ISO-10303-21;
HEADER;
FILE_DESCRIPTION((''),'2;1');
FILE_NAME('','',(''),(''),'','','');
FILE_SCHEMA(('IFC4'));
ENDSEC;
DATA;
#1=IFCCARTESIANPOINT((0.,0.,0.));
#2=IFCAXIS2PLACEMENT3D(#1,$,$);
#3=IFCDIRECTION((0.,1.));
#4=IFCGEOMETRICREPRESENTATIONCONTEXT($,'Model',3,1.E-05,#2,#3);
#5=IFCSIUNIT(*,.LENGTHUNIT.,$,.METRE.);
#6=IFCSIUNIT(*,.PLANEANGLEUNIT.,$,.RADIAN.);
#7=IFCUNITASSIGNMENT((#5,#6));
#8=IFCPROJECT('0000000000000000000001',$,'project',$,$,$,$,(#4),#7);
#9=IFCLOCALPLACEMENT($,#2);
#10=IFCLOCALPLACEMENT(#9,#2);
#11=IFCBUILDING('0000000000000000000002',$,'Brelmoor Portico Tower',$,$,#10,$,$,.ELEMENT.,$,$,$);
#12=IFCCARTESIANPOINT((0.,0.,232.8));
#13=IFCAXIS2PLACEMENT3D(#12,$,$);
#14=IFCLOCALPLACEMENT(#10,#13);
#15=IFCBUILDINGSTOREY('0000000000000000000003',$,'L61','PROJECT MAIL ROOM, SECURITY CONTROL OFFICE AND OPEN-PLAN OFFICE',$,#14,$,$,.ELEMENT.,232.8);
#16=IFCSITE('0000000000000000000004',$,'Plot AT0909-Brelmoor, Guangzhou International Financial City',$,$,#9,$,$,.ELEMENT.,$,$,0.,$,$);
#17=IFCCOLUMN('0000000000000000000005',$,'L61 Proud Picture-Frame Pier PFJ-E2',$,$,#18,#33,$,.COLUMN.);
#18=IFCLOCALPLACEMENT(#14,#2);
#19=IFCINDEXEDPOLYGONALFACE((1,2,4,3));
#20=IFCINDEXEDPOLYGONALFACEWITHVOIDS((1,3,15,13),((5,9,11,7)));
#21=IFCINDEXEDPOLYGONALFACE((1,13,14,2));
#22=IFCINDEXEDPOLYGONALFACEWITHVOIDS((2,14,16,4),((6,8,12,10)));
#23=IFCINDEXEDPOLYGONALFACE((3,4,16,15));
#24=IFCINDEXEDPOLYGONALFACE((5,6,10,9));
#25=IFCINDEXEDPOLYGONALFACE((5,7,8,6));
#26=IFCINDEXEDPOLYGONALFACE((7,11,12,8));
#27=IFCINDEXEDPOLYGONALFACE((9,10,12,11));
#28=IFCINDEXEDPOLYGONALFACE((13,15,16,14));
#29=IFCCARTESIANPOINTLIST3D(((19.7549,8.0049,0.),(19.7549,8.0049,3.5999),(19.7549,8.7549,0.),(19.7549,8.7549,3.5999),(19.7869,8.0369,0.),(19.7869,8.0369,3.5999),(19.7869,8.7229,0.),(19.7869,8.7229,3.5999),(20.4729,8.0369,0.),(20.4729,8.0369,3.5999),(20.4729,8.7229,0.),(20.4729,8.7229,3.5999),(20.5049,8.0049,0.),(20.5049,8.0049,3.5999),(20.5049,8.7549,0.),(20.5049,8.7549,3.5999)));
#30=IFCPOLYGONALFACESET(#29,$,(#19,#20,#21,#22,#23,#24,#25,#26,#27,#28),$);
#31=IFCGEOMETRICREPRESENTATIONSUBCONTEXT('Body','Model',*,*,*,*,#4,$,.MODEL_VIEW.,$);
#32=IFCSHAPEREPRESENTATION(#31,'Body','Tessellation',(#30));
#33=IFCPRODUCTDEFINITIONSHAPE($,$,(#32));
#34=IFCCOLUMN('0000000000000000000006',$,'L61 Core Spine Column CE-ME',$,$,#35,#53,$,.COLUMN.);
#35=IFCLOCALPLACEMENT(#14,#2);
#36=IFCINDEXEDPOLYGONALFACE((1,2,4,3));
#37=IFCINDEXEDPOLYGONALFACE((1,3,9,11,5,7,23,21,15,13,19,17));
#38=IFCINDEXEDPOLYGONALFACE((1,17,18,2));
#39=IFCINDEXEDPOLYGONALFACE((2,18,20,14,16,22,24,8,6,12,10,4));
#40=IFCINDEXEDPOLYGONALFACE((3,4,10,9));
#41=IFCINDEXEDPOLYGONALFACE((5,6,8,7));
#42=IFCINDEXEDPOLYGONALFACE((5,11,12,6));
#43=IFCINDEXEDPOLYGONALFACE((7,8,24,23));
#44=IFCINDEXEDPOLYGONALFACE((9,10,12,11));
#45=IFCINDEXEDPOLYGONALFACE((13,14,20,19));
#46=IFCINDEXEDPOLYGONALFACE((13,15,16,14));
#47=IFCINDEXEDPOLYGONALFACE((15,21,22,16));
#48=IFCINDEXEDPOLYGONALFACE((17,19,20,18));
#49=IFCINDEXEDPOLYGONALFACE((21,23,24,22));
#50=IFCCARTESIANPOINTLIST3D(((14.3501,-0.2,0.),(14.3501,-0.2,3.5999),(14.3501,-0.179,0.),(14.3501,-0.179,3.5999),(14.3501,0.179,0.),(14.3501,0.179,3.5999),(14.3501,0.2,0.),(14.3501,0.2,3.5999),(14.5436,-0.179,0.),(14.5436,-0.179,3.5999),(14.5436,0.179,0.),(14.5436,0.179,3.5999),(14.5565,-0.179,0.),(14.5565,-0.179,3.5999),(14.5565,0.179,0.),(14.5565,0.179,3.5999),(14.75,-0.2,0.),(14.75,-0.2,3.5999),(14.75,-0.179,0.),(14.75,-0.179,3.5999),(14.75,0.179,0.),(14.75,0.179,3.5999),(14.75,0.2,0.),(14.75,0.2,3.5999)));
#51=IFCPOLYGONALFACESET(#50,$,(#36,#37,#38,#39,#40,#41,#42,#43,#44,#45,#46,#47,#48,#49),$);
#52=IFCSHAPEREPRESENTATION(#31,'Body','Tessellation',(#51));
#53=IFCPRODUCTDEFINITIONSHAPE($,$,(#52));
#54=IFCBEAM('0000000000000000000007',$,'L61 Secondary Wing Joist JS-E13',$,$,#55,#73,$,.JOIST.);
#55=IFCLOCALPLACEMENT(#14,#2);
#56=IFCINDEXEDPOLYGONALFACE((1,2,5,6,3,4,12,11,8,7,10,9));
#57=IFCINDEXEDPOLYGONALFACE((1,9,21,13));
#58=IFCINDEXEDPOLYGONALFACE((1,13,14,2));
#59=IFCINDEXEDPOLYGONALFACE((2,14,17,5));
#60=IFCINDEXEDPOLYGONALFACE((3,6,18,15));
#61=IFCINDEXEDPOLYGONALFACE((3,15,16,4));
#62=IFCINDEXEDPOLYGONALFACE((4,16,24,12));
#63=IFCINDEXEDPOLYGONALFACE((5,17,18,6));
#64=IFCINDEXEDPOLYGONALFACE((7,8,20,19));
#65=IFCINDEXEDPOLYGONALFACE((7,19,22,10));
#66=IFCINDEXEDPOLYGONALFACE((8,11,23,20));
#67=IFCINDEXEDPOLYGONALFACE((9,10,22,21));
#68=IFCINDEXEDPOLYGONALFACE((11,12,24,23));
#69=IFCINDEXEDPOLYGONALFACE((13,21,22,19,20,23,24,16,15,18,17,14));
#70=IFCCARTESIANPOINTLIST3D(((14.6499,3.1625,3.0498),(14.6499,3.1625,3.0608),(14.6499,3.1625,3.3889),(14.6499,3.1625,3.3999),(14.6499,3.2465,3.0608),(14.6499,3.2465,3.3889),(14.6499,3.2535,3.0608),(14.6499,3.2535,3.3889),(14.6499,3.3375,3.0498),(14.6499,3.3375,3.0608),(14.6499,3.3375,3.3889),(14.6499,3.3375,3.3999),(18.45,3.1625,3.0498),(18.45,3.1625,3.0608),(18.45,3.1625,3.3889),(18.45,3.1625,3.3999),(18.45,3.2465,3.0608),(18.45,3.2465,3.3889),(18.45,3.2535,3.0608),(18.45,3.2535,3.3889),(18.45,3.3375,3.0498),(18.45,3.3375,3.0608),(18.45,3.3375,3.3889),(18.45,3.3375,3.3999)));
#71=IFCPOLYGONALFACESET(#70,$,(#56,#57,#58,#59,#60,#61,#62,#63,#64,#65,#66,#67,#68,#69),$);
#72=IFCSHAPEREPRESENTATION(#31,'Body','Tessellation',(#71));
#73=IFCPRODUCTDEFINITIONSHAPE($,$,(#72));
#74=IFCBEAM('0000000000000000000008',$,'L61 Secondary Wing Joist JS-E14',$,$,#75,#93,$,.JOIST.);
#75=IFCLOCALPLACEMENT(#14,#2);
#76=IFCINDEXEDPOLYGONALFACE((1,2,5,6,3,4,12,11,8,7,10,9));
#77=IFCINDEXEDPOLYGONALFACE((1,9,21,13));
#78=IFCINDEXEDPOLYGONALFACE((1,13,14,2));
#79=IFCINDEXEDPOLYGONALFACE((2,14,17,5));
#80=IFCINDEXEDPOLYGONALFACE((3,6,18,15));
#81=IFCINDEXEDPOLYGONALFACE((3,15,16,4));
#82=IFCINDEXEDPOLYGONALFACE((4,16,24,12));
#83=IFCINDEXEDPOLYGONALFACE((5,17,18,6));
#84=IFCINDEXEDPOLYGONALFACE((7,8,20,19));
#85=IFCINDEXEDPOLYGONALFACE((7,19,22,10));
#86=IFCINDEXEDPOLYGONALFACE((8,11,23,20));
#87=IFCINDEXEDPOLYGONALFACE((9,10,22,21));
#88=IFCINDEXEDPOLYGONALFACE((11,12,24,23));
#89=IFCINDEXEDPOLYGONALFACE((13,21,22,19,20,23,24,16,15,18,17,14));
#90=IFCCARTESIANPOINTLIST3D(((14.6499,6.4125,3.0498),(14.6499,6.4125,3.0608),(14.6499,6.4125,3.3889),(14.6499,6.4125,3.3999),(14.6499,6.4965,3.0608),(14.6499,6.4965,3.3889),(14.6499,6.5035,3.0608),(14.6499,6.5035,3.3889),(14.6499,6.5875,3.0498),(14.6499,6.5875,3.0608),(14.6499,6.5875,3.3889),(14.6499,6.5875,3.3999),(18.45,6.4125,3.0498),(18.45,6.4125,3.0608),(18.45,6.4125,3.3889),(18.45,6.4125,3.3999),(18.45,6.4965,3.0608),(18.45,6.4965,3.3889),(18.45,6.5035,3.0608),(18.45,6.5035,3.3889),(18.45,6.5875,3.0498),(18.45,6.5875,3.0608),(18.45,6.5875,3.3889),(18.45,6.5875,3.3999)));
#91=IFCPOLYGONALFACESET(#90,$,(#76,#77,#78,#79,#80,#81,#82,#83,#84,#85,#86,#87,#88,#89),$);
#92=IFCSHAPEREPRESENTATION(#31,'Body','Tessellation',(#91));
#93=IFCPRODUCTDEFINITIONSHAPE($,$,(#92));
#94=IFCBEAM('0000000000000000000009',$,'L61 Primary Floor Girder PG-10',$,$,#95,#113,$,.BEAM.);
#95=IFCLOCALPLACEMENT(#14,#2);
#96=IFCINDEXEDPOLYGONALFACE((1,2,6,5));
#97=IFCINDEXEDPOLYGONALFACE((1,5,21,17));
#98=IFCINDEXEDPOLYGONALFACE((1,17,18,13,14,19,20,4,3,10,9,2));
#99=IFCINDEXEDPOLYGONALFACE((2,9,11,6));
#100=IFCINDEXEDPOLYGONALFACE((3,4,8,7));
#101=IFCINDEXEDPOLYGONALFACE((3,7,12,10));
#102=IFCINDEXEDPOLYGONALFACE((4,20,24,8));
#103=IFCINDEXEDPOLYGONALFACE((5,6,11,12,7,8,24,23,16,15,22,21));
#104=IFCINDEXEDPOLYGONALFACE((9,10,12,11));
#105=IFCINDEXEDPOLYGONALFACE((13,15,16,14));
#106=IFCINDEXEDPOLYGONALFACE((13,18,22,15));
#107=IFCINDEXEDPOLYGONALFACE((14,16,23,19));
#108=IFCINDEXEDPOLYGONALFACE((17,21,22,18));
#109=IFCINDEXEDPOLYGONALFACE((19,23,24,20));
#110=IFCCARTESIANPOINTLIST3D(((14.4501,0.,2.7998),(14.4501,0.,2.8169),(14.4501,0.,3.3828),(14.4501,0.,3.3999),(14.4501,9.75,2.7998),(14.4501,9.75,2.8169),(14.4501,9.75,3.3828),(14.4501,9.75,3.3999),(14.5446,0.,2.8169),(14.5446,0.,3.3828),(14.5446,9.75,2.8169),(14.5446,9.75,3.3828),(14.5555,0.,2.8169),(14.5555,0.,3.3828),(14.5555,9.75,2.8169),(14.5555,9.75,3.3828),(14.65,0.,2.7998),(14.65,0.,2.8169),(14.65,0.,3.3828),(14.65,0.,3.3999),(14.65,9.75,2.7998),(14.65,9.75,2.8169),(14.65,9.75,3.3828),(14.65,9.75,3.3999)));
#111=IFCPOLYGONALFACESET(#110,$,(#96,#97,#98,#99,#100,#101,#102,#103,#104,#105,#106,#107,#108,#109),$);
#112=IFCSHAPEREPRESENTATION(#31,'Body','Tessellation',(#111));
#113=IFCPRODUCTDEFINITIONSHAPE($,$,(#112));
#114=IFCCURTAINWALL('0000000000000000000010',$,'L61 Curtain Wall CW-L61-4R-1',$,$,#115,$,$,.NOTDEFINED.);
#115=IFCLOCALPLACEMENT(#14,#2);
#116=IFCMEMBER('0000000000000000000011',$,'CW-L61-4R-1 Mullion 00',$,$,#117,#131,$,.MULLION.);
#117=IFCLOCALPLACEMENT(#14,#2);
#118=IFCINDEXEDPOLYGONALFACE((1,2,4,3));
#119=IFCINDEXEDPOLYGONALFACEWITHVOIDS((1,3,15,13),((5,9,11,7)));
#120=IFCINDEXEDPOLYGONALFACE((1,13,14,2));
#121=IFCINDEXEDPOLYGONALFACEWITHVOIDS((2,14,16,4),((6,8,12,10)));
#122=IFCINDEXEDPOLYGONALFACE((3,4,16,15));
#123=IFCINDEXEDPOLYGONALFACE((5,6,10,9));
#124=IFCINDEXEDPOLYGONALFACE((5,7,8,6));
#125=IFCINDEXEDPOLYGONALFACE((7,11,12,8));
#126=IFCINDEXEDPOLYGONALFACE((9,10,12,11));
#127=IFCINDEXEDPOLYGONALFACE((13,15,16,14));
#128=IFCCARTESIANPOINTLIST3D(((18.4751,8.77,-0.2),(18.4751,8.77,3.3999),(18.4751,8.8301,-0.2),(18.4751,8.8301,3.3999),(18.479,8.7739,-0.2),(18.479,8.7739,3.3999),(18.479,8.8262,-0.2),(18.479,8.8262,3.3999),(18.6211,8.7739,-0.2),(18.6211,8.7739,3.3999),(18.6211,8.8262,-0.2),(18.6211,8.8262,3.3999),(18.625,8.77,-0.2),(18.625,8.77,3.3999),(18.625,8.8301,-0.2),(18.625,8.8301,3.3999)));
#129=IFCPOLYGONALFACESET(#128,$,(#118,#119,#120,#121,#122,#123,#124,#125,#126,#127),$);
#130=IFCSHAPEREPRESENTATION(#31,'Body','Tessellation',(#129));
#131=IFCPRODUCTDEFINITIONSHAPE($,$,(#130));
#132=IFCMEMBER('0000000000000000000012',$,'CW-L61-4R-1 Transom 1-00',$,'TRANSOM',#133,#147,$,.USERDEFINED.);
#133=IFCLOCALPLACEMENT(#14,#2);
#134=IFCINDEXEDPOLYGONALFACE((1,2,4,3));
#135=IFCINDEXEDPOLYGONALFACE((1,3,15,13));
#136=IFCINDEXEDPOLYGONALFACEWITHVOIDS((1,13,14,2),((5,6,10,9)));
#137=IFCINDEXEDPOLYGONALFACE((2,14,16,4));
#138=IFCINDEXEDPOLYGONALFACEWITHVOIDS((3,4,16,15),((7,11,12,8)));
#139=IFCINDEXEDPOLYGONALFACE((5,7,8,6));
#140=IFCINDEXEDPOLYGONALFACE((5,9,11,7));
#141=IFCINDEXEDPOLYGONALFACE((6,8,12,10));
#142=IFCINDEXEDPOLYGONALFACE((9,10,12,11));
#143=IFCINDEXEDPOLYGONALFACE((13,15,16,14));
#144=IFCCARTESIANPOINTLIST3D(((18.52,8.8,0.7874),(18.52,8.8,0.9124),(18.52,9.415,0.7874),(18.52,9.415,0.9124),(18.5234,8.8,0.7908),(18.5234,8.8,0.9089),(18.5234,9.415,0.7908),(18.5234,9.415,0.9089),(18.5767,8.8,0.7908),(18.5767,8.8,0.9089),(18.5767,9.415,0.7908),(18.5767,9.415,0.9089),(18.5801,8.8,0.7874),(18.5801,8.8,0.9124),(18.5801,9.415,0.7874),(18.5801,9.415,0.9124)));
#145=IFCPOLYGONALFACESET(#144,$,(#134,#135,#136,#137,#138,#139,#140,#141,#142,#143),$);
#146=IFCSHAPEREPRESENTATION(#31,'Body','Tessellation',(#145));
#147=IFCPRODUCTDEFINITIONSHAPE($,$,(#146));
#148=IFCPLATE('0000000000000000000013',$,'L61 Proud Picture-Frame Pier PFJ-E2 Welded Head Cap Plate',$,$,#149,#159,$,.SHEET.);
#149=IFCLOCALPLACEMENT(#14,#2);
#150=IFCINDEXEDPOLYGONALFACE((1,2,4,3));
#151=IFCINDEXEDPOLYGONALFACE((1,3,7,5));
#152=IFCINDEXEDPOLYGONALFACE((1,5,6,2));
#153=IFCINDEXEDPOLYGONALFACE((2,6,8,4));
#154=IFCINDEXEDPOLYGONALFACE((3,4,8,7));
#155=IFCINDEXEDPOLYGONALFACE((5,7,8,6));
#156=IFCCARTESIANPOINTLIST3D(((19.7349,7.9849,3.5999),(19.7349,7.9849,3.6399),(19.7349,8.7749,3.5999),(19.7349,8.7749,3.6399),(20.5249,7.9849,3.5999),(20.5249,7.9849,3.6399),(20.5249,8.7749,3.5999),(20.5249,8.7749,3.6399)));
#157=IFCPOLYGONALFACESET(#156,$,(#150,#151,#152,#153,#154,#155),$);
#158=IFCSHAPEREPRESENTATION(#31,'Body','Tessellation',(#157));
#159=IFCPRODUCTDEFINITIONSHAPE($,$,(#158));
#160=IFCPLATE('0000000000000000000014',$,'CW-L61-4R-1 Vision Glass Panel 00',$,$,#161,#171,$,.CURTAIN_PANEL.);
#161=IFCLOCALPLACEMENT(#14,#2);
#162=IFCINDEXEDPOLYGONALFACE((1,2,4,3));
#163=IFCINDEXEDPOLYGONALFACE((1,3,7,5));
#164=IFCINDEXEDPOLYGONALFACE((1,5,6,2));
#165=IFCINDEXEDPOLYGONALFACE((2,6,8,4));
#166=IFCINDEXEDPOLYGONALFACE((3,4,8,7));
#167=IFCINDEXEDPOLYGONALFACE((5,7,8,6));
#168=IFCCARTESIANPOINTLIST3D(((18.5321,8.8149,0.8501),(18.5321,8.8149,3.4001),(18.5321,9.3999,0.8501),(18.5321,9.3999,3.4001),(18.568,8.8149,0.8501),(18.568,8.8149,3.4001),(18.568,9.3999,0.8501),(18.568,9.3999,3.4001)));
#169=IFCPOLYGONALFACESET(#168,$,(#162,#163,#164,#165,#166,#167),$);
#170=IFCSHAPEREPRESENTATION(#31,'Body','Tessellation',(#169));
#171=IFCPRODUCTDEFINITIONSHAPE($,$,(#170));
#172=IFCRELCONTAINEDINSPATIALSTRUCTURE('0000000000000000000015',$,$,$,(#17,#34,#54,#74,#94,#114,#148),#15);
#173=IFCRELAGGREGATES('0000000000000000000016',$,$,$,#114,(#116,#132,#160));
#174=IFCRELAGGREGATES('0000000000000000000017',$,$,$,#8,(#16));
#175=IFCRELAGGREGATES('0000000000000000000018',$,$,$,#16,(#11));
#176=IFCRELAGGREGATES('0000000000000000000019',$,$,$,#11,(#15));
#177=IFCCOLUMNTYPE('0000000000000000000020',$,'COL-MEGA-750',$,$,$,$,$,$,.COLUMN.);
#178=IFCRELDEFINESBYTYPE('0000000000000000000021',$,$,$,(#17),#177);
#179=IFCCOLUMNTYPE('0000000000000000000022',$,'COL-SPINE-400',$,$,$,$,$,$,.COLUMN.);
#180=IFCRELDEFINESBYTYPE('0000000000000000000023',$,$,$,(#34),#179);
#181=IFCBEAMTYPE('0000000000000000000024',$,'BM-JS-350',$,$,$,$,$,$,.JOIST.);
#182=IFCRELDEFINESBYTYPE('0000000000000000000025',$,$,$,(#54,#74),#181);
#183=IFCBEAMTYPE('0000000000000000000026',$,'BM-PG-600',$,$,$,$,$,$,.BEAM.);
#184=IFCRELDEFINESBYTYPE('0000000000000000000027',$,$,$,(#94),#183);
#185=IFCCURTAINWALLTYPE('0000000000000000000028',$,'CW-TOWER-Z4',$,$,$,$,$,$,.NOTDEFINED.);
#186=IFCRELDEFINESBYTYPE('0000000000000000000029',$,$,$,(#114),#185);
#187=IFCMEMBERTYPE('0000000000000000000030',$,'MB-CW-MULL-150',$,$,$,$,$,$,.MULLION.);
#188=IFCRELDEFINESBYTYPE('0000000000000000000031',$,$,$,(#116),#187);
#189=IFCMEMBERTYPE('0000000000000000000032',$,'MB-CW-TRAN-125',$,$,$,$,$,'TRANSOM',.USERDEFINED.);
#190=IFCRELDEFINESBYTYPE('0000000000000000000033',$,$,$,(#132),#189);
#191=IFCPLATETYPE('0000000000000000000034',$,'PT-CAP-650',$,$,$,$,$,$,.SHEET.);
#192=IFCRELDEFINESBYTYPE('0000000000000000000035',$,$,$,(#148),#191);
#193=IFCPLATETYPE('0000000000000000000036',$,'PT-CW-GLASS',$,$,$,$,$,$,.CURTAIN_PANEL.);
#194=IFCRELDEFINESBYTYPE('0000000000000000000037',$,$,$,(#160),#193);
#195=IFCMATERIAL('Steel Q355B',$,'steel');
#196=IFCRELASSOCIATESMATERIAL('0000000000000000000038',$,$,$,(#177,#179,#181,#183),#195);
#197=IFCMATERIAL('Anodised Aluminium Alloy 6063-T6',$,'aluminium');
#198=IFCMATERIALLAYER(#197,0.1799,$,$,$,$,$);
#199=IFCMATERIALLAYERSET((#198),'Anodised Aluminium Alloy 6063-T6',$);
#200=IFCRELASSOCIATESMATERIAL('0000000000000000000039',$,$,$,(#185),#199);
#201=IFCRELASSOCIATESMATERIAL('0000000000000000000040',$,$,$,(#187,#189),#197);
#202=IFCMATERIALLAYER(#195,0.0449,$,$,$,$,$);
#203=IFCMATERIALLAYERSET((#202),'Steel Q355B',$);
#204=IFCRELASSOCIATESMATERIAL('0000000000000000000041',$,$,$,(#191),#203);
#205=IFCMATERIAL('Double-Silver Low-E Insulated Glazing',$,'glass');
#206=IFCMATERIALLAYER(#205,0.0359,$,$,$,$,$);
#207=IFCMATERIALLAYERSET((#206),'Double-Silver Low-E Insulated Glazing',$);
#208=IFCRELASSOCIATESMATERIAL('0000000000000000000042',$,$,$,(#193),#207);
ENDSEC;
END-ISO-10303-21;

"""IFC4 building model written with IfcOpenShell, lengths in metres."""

from ifc_helpers import new_model, si_unit, direction, frame, origin, origin_2d, place, context, subcontext, project, spatial, rectangle, hollow_rectangle, i_section, extrude, material, layer, layer_set, material_profile, profile_set, type_object, element, aggregate, save


model = new_model("IFC4")

# Units and contexts
model_context = context("Model", 3, precision=1e-05, world=origin(), true_north=direction((0.0, 1.0)))
body_context = subcontext(model_context, "Body", "Model", "MODEL_VIEW")
ifc_project = project(units=[si_unit("LENGTHUNIT", "METRE"), si_unit("PLANEANGLEUNIT", "RADIAN")], contexts=[model_context])

# Site, building, storey
site_placement = place(None, origin())
site = spatial("IfcSite", under=ifc_project, at=site_placement, Name="Plot AT0909-Brelmoor, Guangzhou International Financial City", CompositionType="ELEMENT", RefElevation=0.0)
building_placement = place(site_placement, origin())
building = spatial("IfcBuilding", under=site, at=building_placement, Name="Brelmoor Portico Tower", CompositionType="ELEMENT")
storey_placement = place(building_placement, frame((0.0, 0.0, 232.8)))
storey = spatial("IfcBuildingStorey", under=building, at=storey_placement, Name="L61", Description="PROJECT MAIL ROOM, SECURITY CONTROL OFFICE AND OPEN-PLAN OFFICE", CompositionType="ELEMENT", Elevation=232.8)

# Columns
ifc_material_1 = material(Name="Steel Q355B", Category="steel")
ifc_material_profile_1 = material_profile(ifc_material_1, hollow_rectangle(XDim=0.75, YDim=0.75, WallThickness=0.032, at=origin_2d()), Name="BOX 750x750x32")
ifc_profile_set_1 = profile_set([ifc_material_profile_1], Name="Steel Q355B")
column_type_1 = type_object("IfcColumnType", Name="COL-MEGA-750", PredefinedType="COLUMN", material=ifc_profile_set_1)
column_1_placement = place(storey_placement, frame((20.1299, 8.3799, 0.0), z_axis=(0.0, 0.0, 1.0), x_axis=(0.0, 1.0, 0.0)))
element("IfcColumn", 1, at=column_1_placement, inside=storey, type_object=column_type_1, Name="L61 Proud Picture-Frame Pier PFJ-E2", PredefinedType="COLUMN", context=body_context, shape_type="SweptSolid", body=[
    extrude(hollow_rectangle(XDim=0.75, YDim=0.75, WallThickness=0.032, at=origin_2d()), origin(), (0.0, 0.0, 1.0), 3.5999),
])
ifc_material_profile_2 = material_profile(ifc_material_1, i_section(OverallWidth=0.3999, OverallDepth=0.3999, WebThickness=0.0129, FlangeThickness=0.021, at=origin_2d()), Name="HW 400x400x13x21")
ifc_profile_set_2 = profile_set([ifc_material_profile_2], Name="Steel Q355B")
column_type_2 = type_object("IfcColumnType", Name="COL-SPINE-400", PredefinedType="COLUMN", material=ifc_profile_set_2)
column_2_placement = place(storey_placement, frame((14.55, 0.0, 0.0), z_axis=(0.0, 0.0, 1.0), x_axis=(1.0, 0.0, 0.0)))
element("IfcColumn", 2, at=column_2_placement, inside=storey, type_object=column_type_2, Name="L61 Core Spine Column CE-ME", PredefinedType="COLUMN", context=body_context, shape_type="SweptSolid", body=[
    extrude(i_section(OverallWidth=0.3999, OverallDepth=0.3999, WebThickness=0.0129, FlangeThickness=0.021, at=origin_2d()), origin(), (0.0, 0.0, 1.0), 3.5999),
])

# Beams
ifc_material_profile_3 = material_profile(ifc_material_1, i_section(OverallWidth=0.175, OverallDepth=0.3501, WebThickness=0.0071, FlangeThickness=0.011, at=origin_2d()), Name="HN 350x175x7x11")
ifc_profile_set_3 = profile_set([ifc_material_profile_3], Name="Steel Q355B")
beam_type_1 = type_object("IfcBeamType", Name="BM-JS-350", PredefinedType="JOIST", material=ifc_profile_set_3)
for number, where, z_axis, x_axis, name in (
    (3, (14.6499, 3.25, 3.2249), (1.0, 0.0, 0.0), (0.0, 1.0, 0.0), "L61 Secondary Wing Joist JS-E13"),
    (4, (14.6499, 6.5, 3.2249), (1.0, 0.0, 0.0), (0.0, 1.0, 0.0), "L61 Secondary Wing Joist JS-E14"),
):
    element("IfcBeam", number, at=place(storey_placement, frame(where, z_axis=z_axis, x_axis=x_axis)), inside=storey, type_object=beam_type_1, Name=name, PredefinedType="JOIST", context=body_context, shape_type="SweptSolid", body=[
        extrude(i_section(OverallWidth=0.175, OverallDepth=0.3501, WebThickness=0.0071, FlangeThickness=0.011, at=origin_2d()), origin(), (0.0, 0.0, 1.0), 3.8),
    ])
ifc_material_profile_4 = material_profile(ifc_material_1, i_section(OverallWidth=0.2, OverallDepth=0.6001, WebThickness=0.011, FlangeThickness=0.0171, at=origin_2d()), Name="HN 600x200x11x17")
ifc_profile_set_4 = profile_set([ifc_material_profile_4], Name="Steel Q355B")
beam_type_2 = type_object("IfcBeamType", Name="BM-PG-600", PredefinedType="BEAM", material=ifc_profile_set_4)
beam_placement = place(storey_placement, frame((14.55, 0.0, 3.0999), z_axis=(0.0, 1.0, 0.0), x_axis=(-1.0, 0.0, 0.0)))
element("IfcBeam", 5, at=beam_placement, inside=storey, type_object=beam_type_2, Name="L61 Primary Floor Girder PG-10", PredefinedType="BEAM", context=body_context, shape_type="SweptSolid", body=[
    extrude(i_section(OverallWidth=0.2, OverallDepth=0.6001, WebThickness=0.011, FlangeThickness=0.0171, at=origin_2d()), origin(), (0.0, 0.0, 1.0), 9.75),
])

# Curtain wall, members
ifc_material_2 = material(Name="Anodised Aluminium Alloy 6063-T6", Category="aluminium")
ifc_layer_1 = layer(ifc_material_2, 0.1799)
ifc_layer_set_1 = layer_set([ifc_layer_1], Name="Anodised Aluminium Alloy 6063-T6")
curtain_wall_type = type_object("IfcCurtainWallType", Name="CW-TOWER-Z4", PredefinedType="NOTDEFINED", material=ifc_layer_set_1)
curtain_wall_placement = place(storey_placement, origin())
curtain_wall = element("IfcCurtainWall", 6, at=curtain_wall_placement, inside=storey, type_object=curtain_wall_type, Name="L61 Curtain Wall CW-L61-4R-1", PredefinedType="NOTDEFINED")
ifc_material_profile_5 = material_profile(ifc_material_2, hollow_rectangle(XDim=0.0601, YDim=0.1499, WallThickness=0.0039, at=origin_2d()), Name="ALU MULLION 60x150")
ifc_profile_set_5 = profile_set([ifc_material_profile_5], Name="Anodised Aluminium Alloy 6063-T6")
member_type_1 = type_object("IfcMemberType", Name="MB-CW-MULL-150", PredefinedType="MULLION", material=ifc_profile_set_5)
member_1_placement = place(storey_placement, frame((18.55, 8.8, -0.2), z_axis=(0.0, 0.0, 1.0), x_axis=(0.0, 1.0, 0.0)))
member_1 = element("IfcMember", 7, at=member_1_placement, type_object=member_type_1, Name="CW-L61-4R-1 Mullion 00", PredefinedType="MULLION", context=body_context, shape_type="SweptSolid", body=[
    extrude(hollow_rectangle(XDim=0.0601, YDim=0.1499, WallThickness=0.0039, at=origin_2d()), origin(), (0.0, 0.0, 1.0), 3.5999),
])
ifc_material_profile_6 = material_profile(ifc_material_2, hollow_rectangle(XDim=0.0601, YDim=0.125, WallThickness=0.0034, at=origin_2d()), Name="ALU TRANSOM 60x125")
ifc_profile_set_6 = profile_set([ifc_material_profile_6], Name="Anodised Aluminium Alloy 6063-T6")
member_type_2 = type_object("IfcMemberType", Name="MB-CW-TRAN-125", ElementType="TRANSOM", PredefinedType="USERDEFINED", material=ifc_profile_set_6)
member_2_placement = place(storey_placement, frame((18.55, 8.8, 0.8499), z_axis=(0.0, 1.0, 0.0), x_axis=(-1.0, 0.0, 0.0)))
member_2 = element("IfcMember", 8, at=member_2_placement, type_object=member_type_2, Name="CW-L61-4R-1 Transom 1-00", ObjectType="TRANSOM", PredefinedType="USERDEFINED", context=body_context, shape_type="SweptSolid", body=[
    extrude(hollow_rectangle(XDim=0.0601, YDim=0.125, WallThickness=0.0034, at=origin_2d()), origin(), (0.0, 0.0, 1.0), 0.615),
])

# Plates
ifc_layer_2 = layer(ifc_material_1, 0.0449)
ifc_layer_set_2 = layer_set([ifc_layer_2], Name="Steel Q355B")
plate_type_1 = type_object("IfcPlateType", Name="PT-CAP-650", PredefinedType="SHEET", material=ifc_layer_set_2)
plate_1_placement = place(storey_placement, frame((20.1299, 8.3799, 3.5999), z_axis=(0.0, 0.0, 1.0), x_axis=(0.0, 1.0, 0.0)))
element("IfcPlate", 9, at=plate_1_placement, inside=storey, type_object=plate_type_1, Name="L61 Proud Picture-Frame Pier PFJ-E2 Welded Head Cap Plate", PredefinedType="SHEET", context=body_context, shape_type="SweptSolid", body=[
    extrude(rectangle(XDim=0.79, YDim=0.79, at=origin_2d()), origin(), (0.0, 0.0, 1.0), 0.04),
])
ifc_material_3 = material(Name="Double-Silver Low-E Insulated Glazing", Category="glass")
ifc_layer_3 = layer(ifc_material_3, 0.0359)
ifc_layer_set_3 = layer_set([ifc_layer_3], Name="Double-Silver Low-E Insulated Glazing")
plate_type_2 = type_object("IfcPlateType", Name="PT-CW-GLASS", PredefinedType="CURTAIN_PANEL", material=ifc_layer_set_3)
plate_2_placement = place(storey_placement, frame((18.55, 9.1074, 0.8501), z_axis=(0.0, 0.0, 1.0), x_axis=(0.0, 1.0, 0.0)))
plate_2 = element("IfcPlate", 10, at=plate_2_placement, type_object=plate_type_2, Name="CW-L61-4R-1 Vision Glass Panel 00", PredefinedType="CURTAIN_PANEL", context=body_context, shape_type="SweptSolid", body=[
    extrude(rectangle(XDim=0.585, YDim=0.0359, at=origin_2d()), origin(), (0.0, 0.0, 1.0), 2.55),
])
aggregate(curtain_wall, [member_1, member_2, plate_2])

save(model, "model.ifc")
